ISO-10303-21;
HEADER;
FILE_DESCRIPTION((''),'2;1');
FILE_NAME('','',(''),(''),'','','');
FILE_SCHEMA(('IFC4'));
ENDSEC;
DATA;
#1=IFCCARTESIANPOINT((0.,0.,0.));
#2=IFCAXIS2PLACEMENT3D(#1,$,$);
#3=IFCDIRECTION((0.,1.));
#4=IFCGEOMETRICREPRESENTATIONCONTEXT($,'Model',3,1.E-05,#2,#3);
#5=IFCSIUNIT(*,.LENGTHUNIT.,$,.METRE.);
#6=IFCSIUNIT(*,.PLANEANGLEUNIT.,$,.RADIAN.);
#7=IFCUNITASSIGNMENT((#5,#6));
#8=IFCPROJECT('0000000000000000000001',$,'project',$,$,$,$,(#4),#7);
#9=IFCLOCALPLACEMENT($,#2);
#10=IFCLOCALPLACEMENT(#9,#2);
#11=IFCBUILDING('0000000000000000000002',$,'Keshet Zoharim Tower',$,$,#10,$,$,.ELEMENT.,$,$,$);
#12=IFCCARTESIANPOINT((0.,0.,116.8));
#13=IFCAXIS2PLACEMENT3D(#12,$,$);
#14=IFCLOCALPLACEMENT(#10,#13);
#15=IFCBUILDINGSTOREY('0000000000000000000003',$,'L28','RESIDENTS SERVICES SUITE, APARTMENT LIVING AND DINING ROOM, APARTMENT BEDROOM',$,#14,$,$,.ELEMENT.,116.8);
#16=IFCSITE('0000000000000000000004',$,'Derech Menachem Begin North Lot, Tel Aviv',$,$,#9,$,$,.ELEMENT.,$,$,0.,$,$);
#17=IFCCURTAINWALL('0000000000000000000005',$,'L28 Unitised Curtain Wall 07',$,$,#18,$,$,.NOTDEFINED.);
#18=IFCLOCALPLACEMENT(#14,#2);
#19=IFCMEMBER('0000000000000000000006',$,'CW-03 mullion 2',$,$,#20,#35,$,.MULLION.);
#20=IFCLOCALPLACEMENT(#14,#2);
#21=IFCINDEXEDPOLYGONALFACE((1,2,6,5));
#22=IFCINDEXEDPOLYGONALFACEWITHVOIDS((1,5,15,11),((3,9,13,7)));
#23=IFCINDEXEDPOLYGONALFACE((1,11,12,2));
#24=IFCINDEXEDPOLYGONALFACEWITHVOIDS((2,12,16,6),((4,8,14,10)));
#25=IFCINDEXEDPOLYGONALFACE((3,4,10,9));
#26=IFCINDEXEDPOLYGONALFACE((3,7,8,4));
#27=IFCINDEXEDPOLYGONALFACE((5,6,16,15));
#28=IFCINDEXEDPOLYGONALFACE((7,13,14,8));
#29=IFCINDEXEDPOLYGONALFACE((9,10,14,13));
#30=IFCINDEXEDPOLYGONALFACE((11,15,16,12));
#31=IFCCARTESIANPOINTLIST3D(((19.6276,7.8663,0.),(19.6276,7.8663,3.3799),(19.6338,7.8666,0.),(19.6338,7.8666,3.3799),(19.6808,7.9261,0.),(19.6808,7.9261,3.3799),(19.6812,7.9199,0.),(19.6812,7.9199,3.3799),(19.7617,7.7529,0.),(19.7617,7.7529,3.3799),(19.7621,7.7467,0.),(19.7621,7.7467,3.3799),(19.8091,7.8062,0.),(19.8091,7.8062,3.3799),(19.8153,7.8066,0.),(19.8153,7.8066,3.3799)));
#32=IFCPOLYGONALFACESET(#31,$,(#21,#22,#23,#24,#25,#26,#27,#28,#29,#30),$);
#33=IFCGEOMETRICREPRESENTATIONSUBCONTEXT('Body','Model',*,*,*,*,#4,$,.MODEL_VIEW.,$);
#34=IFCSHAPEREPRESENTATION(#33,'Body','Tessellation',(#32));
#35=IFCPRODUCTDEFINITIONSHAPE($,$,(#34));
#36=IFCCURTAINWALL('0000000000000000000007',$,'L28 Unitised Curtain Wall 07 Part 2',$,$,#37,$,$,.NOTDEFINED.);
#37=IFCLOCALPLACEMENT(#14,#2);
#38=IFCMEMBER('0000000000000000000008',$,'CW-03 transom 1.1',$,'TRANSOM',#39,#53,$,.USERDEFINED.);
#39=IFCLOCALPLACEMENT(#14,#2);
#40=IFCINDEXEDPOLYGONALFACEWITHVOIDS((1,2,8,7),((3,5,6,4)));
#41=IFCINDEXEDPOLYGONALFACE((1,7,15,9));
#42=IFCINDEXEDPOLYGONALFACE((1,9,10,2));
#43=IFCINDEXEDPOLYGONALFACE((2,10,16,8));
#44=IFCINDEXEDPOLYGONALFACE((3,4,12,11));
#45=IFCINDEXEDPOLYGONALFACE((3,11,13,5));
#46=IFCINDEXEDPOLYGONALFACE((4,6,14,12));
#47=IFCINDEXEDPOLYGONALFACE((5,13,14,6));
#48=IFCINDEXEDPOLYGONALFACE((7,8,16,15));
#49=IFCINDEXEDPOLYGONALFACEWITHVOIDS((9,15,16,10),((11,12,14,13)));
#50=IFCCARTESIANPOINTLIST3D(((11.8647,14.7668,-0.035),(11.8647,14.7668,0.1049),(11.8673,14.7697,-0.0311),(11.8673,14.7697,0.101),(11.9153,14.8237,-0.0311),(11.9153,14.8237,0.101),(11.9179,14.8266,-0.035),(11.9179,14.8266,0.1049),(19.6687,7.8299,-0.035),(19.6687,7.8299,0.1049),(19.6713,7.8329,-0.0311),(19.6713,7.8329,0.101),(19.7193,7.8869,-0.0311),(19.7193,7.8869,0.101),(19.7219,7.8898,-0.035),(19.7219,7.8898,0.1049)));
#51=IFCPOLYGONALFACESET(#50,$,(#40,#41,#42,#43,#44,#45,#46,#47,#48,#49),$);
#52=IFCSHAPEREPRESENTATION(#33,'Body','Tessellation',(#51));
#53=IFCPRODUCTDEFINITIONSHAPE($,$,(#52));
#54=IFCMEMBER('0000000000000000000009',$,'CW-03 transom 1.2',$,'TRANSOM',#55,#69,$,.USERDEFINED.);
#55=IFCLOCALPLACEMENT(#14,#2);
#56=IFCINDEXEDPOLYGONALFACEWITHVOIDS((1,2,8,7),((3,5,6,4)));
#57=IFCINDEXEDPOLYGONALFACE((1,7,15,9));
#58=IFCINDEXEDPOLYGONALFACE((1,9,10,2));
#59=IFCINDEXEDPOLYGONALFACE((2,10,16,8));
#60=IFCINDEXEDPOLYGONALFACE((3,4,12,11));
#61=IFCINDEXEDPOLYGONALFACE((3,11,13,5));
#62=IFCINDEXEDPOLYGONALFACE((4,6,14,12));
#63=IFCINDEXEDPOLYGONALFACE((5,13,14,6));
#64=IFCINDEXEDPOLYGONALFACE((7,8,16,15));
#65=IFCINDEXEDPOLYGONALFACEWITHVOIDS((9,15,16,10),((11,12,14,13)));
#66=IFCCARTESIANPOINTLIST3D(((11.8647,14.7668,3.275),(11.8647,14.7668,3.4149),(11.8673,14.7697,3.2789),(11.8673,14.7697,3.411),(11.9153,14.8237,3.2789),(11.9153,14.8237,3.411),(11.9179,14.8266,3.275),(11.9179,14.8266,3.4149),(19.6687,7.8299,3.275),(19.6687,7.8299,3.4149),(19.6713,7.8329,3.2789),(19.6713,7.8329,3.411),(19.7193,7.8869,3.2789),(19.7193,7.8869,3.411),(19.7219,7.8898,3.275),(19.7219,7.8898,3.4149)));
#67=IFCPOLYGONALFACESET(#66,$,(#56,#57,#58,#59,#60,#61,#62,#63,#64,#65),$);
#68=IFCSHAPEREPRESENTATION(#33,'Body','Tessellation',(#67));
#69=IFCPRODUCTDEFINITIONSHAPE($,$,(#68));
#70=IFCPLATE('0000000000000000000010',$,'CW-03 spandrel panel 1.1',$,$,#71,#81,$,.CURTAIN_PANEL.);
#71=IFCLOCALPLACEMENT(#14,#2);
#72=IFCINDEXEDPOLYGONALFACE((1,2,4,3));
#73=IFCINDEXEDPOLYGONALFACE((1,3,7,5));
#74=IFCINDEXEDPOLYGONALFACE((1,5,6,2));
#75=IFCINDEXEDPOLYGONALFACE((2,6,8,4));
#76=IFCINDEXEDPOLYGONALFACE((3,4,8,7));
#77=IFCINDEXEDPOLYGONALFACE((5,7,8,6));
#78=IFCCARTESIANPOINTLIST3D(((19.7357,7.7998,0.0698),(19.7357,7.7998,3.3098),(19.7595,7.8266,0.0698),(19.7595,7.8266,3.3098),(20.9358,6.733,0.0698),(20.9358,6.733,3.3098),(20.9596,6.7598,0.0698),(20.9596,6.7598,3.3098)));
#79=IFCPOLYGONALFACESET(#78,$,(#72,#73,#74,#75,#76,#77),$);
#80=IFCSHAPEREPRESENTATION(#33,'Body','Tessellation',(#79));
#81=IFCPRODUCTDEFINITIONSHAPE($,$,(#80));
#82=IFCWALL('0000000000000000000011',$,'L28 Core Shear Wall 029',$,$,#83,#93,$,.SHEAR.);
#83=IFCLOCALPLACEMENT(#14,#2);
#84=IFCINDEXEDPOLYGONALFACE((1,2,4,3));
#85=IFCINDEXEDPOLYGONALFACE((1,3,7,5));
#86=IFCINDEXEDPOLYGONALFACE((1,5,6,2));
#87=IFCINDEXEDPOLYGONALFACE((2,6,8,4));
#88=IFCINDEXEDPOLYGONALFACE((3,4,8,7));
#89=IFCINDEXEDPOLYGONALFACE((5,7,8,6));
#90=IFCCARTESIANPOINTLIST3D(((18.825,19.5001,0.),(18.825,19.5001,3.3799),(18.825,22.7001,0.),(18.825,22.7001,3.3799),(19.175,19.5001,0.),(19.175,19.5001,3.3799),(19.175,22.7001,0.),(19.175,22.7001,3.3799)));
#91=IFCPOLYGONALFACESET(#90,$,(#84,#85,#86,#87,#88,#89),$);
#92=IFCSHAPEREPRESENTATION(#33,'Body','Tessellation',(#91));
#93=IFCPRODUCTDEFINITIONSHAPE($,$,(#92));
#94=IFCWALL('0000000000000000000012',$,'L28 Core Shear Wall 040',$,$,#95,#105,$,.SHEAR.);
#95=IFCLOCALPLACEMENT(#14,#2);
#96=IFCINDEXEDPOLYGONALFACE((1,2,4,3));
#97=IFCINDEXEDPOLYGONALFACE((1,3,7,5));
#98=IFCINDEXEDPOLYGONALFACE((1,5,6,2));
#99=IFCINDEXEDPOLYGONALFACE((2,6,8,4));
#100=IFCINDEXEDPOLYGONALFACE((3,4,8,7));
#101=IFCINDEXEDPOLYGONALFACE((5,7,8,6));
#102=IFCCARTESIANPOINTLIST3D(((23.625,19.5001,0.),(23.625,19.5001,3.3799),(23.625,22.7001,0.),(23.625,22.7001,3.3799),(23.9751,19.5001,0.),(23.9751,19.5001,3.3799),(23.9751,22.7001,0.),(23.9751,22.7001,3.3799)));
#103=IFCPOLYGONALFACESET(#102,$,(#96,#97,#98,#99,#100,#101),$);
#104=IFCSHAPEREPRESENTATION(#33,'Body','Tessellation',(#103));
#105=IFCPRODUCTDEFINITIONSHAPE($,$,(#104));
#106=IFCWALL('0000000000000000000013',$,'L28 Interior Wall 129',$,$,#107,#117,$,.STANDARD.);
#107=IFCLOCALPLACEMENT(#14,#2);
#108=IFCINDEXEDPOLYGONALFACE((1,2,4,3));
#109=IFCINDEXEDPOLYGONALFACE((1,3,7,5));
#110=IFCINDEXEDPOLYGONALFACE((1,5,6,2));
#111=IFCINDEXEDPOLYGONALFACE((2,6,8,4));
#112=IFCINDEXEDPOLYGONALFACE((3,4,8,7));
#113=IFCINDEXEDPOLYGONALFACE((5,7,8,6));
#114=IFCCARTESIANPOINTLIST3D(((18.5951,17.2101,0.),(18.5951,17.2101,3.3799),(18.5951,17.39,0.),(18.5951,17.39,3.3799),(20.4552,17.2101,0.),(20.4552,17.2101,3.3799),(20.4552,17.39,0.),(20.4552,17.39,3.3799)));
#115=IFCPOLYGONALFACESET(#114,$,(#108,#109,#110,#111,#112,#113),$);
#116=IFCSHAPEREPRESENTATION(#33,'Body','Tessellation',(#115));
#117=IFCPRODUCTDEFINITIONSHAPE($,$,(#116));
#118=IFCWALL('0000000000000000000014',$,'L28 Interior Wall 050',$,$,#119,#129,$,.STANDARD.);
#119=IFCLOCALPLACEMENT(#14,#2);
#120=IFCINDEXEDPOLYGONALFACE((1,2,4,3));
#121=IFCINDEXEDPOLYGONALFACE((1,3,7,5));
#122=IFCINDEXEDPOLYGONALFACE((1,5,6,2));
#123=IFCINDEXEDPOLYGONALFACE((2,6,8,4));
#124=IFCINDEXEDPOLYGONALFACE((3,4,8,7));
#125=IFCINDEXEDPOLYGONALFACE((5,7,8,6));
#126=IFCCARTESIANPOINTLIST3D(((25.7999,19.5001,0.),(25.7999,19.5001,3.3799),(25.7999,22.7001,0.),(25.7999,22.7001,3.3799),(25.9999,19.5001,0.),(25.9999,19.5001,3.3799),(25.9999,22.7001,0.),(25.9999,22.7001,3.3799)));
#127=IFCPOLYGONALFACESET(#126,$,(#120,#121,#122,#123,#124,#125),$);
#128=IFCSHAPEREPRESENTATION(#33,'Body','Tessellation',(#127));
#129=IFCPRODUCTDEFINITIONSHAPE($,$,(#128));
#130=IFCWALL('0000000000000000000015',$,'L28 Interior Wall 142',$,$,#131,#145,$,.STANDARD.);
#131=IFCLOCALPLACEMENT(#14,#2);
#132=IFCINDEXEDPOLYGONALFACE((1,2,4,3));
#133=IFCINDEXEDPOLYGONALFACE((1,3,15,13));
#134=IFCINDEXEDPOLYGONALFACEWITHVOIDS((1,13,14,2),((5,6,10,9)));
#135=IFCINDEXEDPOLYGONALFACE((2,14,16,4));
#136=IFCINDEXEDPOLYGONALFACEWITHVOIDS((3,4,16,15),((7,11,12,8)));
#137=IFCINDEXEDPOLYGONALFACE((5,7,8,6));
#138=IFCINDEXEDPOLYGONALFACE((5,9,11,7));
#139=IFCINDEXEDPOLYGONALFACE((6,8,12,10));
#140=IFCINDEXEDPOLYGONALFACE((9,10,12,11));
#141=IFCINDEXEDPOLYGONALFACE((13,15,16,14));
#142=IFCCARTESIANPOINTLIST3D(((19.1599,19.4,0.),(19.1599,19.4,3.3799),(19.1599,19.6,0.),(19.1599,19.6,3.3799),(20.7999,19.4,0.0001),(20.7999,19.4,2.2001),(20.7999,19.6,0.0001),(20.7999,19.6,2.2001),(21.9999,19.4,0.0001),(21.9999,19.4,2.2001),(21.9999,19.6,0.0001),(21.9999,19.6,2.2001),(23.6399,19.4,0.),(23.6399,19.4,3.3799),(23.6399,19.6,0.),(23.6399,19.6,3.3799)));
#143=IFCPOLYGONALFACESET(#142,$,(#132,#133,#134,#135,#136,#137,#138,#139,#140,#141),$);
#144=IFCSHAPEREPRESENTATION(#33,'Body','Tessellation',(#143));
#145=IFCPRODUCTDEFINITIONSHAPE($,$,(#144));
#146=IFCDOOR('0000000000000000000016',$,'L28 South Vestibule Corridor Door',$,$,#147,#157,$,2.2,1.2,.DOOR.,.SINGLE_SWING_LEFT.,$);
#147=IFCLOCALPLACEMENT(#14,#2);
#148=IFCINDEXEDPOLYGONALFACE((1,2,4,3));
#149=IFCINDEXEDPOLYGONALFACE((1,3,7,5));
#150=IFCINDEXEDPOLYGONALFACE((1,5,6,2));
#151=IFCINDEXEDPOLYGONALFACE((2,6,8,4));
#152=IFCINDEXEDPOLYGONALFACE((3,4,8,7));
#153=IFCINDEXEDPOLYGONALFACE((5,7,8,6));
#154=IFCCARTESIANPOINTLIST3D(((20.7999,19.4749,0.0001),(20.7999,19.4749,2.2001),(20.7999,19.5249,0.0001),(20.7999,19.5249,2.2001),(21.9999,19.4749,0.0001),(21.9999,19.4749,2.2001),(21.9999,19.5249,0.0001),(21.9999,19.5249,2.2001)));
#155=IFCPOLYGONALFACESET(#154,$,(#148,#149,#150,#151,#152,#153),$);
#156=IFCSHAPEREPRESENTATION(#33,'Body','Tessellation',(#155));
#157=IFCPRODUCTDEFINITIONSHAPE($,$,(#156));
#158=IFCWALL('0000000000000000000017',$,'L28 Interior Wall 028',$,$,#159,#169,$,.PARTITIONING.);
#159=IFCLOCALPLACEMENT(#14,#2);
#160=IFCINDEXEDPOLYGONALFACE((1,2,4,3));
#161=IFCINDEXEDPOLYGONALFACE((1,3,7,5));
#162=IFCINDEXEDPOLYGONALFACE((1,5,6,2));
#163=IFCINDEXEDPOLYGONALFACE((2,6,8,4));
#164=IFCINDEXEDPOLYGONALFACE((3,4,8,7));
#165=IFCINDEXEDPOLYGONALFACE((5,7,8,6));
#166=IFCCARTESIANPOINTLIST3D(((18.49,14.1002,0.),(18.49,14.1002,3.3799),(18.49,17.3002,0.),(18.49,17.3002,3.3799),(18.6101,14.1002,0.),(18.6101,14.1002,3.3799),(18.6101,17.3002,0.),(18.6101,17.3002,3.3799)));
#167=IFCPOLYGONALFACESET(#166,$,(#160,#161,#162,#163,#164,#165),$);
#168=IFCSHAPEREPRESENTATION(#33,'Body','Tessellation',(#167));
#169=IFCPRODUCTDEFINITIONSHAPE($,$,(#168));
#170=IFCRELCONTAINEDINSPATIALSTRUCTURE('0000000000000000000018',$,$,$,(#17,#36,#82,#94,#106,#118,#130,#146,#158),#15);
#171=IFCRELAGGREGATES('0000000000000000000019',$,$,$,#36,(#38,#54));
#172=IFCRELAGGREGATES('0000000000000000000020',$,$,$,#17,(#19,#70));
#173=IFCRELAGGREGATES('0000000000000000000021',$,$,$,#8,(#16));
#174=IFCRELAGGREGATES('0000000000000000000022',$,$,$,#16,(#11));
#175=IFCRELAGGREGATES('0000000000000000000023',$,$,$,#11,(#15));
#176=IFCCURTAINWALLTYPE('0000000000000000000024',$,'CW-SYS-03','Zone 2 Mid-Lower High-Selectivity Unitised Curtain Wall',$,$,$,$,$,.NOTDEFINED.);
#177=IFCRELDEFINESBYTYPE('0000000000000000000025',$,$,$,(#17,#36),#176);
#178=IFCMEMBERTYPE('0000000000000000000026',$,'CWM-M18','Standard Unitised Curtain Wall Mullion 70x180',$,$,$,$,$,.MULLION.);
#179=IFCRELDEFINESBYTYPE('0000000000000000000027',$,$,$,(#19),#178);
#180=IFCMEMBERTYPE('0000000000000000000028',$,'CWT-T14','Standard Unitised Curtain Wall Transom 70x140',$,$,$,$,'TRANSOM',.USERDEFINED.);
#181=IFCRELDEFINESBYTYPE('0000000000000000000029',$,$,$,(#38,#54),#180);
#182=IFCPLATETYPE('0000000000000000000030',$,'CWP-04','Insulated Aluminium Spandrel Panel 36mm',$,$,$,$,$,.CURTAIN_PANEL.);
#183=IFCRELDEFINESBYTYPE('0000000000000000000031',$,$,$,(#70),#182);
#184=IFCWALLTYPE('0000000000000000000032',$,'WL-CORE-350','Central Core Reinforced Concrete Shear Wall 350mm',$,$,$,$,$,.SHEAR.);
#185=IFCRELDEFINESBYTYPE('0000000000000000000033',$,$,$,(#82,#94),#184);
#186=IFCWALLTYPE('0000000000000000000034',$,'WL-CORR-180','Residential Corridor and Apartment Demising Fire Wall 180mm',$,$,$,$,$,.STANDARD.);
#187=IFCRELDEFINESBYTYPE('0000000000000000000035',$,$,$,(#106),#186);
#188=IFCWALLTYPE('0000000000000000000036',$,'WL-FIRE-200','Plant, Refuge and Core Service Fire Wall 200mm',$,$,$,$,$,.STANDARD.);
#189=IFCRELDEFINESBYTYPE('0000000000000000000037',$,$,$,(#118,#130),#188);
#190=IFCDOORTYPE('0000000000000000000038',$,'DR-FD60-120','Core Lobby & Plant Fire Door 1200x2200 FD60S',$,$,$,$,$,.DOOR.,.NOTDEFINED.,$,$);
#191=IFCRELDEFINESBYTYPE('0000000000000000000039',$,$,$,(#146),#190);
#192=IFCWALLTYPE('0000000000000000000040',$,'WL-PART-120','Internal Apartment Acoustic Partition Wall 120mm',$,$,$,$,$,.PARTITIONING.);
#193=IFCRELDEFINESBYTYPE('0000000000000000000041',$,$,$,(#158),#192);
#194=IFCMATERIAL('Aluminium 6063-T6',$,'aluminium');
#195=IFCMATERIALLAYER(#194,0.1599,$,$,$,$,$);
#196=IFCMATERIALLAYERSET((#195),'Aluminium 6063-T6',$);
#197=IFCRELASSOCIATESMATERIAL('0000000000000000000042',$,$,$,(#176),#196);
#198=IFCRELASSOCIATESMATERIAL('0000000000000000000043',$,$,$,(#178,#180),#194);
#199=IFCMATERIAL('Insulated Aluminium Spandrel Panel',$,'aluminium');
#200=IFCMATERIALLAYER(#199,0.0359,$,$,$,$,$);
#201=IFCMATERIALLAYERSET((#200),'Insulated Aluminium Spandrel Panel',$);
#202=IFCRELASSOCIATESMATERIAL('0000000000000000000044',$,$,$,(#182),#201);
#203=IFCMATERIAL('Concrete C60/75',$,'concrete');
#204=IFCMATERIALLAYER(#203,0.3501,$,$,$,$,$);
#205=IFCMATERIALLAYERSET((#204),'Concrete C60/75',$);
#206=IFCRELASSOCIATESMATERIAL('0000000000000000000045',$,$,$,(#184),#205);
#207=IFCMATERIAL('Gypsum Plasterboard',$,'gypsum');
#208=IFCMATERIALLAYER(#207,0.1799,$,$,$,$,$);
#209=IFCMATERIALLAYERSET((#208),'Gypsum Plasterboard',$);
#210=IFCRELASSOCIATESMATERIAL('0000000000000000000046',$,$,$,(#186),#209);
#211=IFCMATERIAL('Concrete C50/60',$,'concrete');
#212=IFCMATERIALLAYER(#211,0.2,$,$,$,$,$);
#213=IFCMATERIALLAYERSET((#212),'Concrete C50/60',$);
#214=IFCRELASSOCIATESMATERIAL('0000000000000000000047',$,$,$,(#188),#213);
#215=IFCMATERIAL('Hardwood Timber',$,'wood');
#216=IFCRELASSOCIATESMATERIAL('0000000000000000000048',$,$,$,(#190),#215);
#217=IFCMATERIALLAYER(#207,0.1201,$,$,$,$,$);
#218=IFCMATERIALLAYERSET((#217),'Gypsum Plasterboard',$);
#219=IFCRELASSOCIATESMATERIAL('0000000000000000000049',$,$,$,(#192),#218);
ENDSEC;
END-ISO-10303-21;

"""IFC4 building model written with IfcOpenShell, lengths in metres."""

from ifc_helpers import new_model, si_unit, direction, frame, frame_2d, origin, origin_2d, place, context, subcontext, project, spatial, rectangle, hollow_rectangle, extrude, material, layer, layer_set, material_profile, profile_set, type_object, element, fill, aggregate, save


model = new_model("IFC4")

# Units and contexts
model_context = context("Model", 3, precision=1e-05, world=origin(), true_north=direction((0.0, 1.0)))
body_context = subcontext(model_context, "Body", "Model", "MODEL_VIEW")
ifc_project = project(units=[si_unit("LENGTHUNIT", "METRE"), si_unit("PLANEANGLEUNIT", "RADIAN")], contexts=[model_context])

# Site, building, storey
site_placement = place(None, origin())
site = spatial("IfcSite", under=ifc_project, at=site_placement, Name="Derech Menachem Begin North Lot, Tel Aviv", CompositionType="ELEMENT", RefElevation=0.0)
building_placement = place(site_placement, origin())
building = spatial("IfcBuilding", under=site, at=building_placement, Name="Keshet Zoharim Tower", CompositionType="ELEMENT")
storey_placement = place(building_placement, frame((0.0, 0.0, 116.8)))
storey = spatial("IfcBuildingStorey", under=building, at=storey_placement, Name="L28", Description="RESIDENTS SERVICES SUITE, APARTMENT LIVING AND DINING ROOM, APARTMENT BEDROOM", CompositionType="ELEMENT", Elevation=116.8)

# Curtain wall, member
ifc_material_1 = material(Name="Aluminium 6063-T6", Category="aluminium")
ifc_layer_1 = layer(ifc_material_1, 0.1599)
ifc_layer_set_1 = layer_set([ifc_layer_1], Name="Aluminium 6063-T6")
curtain_wall_type = type_object("IfcCurtainWallType", Name="CW-SYS-03", Description="Zone 2 Mid-Lower High-Selectivity Unitised Curtain Wall", PredefinedType="NOTDEFINED", material=ifc_layer_set_1)
curtain_wall_1_placement = place(storey_placement, origin())
curtain_wall_1 = element("IfcCurtainWall", 1, at=curtain_wall_1_placement, inside=storey, type_object=curtain_wall_type, Name="L28 Unitised Curtain Wall 07", PredefinedType="NOTDEFINED")
ifc_material_profile_1 = material_profile(ifc_material_1, hollow_rectangle(XDim=0.0801, YDim=0.1799, WallThickness=0.0044, at=origin_2d()), Name="MUL-80x180")
ifc_profile_set_1 = profile_set([ifc_material_profile_1], Name="Aluminium 6063-T6")
member_type_1 = type_object("IfcMemberType", Name="CWM-M18", Description="Standard Unitised Curtain Wall Mullion 70x180", PredefinedType="MULLION", material=ifc_profile_set_1)
member_1_placement = place(storey_placement, frame((19.7214, 7.8364, 0.0), z_axis=(0.0, 0.0, 1.0), x_axis=(-0.664357, -0.747416, 0.0)))
member_1 = element("IfcMember", 2, at=member_1_placement, type_object=member_type_1, Name="CW-03 mullion 2", PredefinedType="MULLION", context=body_context, shape_type="SweptSolid", body=[
    extrude(hollow_rectangle(XDim=0.0801, YDim=0.1799, WallThickness=0.0044, at=origin_2d()), origin(), (0.0, 0.0, 1.0), 3.3799),
])

# Curtain wall, members
curtain_wall_2_placement = place(storey_placement, origin())
curtain_wall_2 = element("IfcCurtainWall", 3, at=curtain_wall_2_placement, inside=storey, type_object=curtain_wall_type, Name="L28 Unitised Curtain Wall 07 Part 2", PredefinedType="NOTDEFINED")
ifc_material_profile_2 = material_profile(ifc_material_1, hollow_rectangle(XDim=0.0801, YDim=0.1399, WallThickness=0.0039, at=origin_2d()), Name="TRN-80x140")
ifc_profile_set_2 = profile_set([ifc_material_profile_2], Name="Aluminium 6063-T6")
member_type_2 = type_object("IfcMemberType", Name="CWT-T14", Description="Standard Unitised Curtain Wall Transom 70x140", ElementType="TRANSOM", PredefinedType="USERDEFINED", material=ifc_profile_set_2)
member_2_placement = place(storey_placement, frame((19.6953, 7.8599, 0.0349), z_axis=(-0.747413, 0.664359, 0.0), x_axis=(-0.664359, -0.747413, 0.0)))
member_2 = element("IfcMember", 4, at=member_2_placement, type_object=member_type_2, Name="CW-03 transom 1.1", ObjectType="TRANSOM", PredefinedType="USERDEFINED", context=body_context, shape_type="SweptSolid", body=[
    extrude(hollow_rectangle(XDim=0.0801, YDim=0.1399, WallThickness=0.0039, at=origin_2d()), origin(), (0.0, 0.0, 1.0), 10.4414),
])
member_3_placement = place(storey_placement, frame((19.6953, 7.8599, 3.345), z_axis=(-0.747413, 0.664359, 0.0), x_axis=(-0.664359, -0.747413, 0.0)))
member_3 = element("IfcMember", 5, at=member_3_placement, type_object=member_type_2, Name="CW-03 transom 1.2", ObjectType="TRANSOM", PredefinedType="USERDEFINED", context=body_context, shape_type="SweptSolid", body=[
    extrude(hollow_rectangle(XDim=0.0801, YDim=0.1399, WallThickness=0.0039, at=origin_2d()), origin(), (0.0, 0.0, 1.0), 10.4414),
])
aggregate(curtain_wall_2, [member_2, member_3])

# Plate
ifc_material_2 = material(Name="Insulated Aluminium Spandrel Panel", Category="aluminium")
ifc_layer_2 = layer(ifc_material_2, 0.0359)
ifc_layer_set_2 = layer_set([ifc_layer_2], Name="Insulated Aluminium Spandrel Panel")
plate_type = type_object("IfcPlateType", Name="CWP-04", Description="Insulated Aluminium Spandrel Panel 36mm", PredefinedType="CURTAIN_PANEL", material=ifc_layer_set_2)
plate_placement = place(storey_placement, frame((20.3477, 7.2798, 0.0698), z_axis=(0.0, 0.0, 1.0), x_axis=(-0.747416, 0.664357, 0.0)))
plate = element("IfcPlate", 6, at=plate_placement, type_object=plate_type, Name="CW-03 spandrel panel 1.1", PredefinedType="CURTAIN_PANEL", context=body_context, shape_type="SweptSolid", body=[
    extrude(rectangle(XDim=1.6057, YDim=0.0359, at=origin_2d()), origin(), (0.0, 0.0, 1.0), 3.24),
])
aggregate(curtain_wall_1, [member_1, plate])

# Shared definitions
ifc_material_3 = material(Name="Gypsum Plasterboard", Category="gypsum")
ifc_material_4 = material(Name="Hardwood Timber", Category="wood")

# Walls
ifc_material_5 = material(Name="Concrete C60/75", Category="concrete")
ifc_layer_3 = layer(ifc_material_5, 0.3501)
ifc_layer_set_3 = layer_set([ifc_layer_3], Name="Concrete C60/75")
wall_type_1 = type_object("IfcWallType", Name="WL-CORE-350", Description="Central Core Reinforced Concrete Shear Wall 350mm", PredefinedType="SHEAR", material=ifc_layer_set_3)
for number, where, z_axis, x_axis, name in (
    (7, (19.0, 19.5, 0.0), (0.0, 0.0, 1.0), (0.0, 1.0, 0.0), "L28 Core Shear Wall 029"),
    (8, (23.8, 19.5, 0.0), (0.0, 0.0, 1.0), (0.0, 1.0, 0.0), "L28 Core Shear Wall 040"),
):
    element("IfcWall", number, at=place(storey_placement, frame(where, z_axis=z_axis, x_axis=x_axis)), inside=storey, type_object=wall_type_1, Name=name, PredefinedType="SHEAR", context=body_context, shape_type="SweptSolid", body=[
        extrude(rectangle(XDim=3.2, YDim=0.3501, at=frame_2d((1.6001, 0.0))), origin(), (0.0, 0.0, 1.0), 3.3799),
    ])
ifc_layer_4 = layer(ifc_material_3, 0.1799)
ifc_layer_set_4 = layer_set([ifc_layer_4], Name="Gypsum Plasterboard")
wall_type_2 = type_object("IfcWallType", Name="WL-CORR-180", Description="Residential Corridor and Apartment Demising Fire Wall 180mm", PredefinedType="STANDARD", material=ifc_layer_set_4)
wall_1_placement = place(storey_placement, frame((18.595, 17.3, 0.0), z_axis=(0.0, 0.0, 1.0), x_axis=(1.0, 0.0, 0.0)))
element("IfcWall", 9, at=wall_1_placement, inside=storey, type_object=wall_type_2, Name="L28 Interior Wall 129", PredefinedType="STANDARD", context=body_context, shape_type="SweptSolid", body=[
    extrude(rectangle(XDim=1.8601, YDim=0.1799, at=frame_2d((0.9302, 0.0))), origin(), (0.0, 0.0, 1.0), 3.3799),
])
ifc_material_6 = material(Name="Concrete C50/60", Category="concrete")
ifc_layer_5 = layer(ifc_material_6, 0.2)
ifc_layer_set_5 = layer_set([ifc_layer_5], Name="Concrete C50/60")
wall_type_3 = type_object("IfcWallType", Name="WL-FIRE-200", Description="Plant, Refuge and Core Service Fire Wall 200mm", PredefinedType="STANDARD", material=ifc_layer_set_5)
wall_2_placement = place(storey_placement, frame((25.8999, 19.5, 0.0), z_axis=(0.0, 0.0, 1.0), x_axis=(0.0, 1.0, 0.0)))
element("IfcWall", 10, at=wall_2_placement, inside=storey, type_object=wall_type_3, Name="L28 Interior Wall 050", PredefinedType="STANDARD", context=body_context, shape_type="SweptSolid", body=[
    extrude(rectangle(XDim=3.2, YDim=0.2, at=frame_2d((1.6001, 0.0))), origin(), (0.0, 0.0, 1.0), 3.3799),
])

# Wall, opening, door
wall_3_placement = place(storey_placement, frame((19.1599, 19.5, 0.0), z_axis=(0.0, 0.0, 1.0), x_axis=(1.0, 0.0, 0.0)))
wall_3 = element("IfcWall", 11, at=wall_3_placement, inside=storey, type_object=wall_type_3, Name="L28 Interior Wall 142", PredefinedType="STANDARD", context=body_context, shape_type="SweptSolid", body=[
    extrude(rectangle(XDim=4.48, YDim=0.2, at=frame_2d((2.24, 0.0))), origin(), (0.0, 0.0, 1.0), 3.3799),
])
opening_1_placement = place(wall_3_placement, frame((1.6399, 0.0, 0.0)))
opening_1 = element("IfcOpeningElement", 12, at=opening_1_placement, cuts=wall_3, PredefinedType="OPENING", context=body_context, shape_type="SweptSolid", body=[
    extrude(rectangle(XDim=1.2, YDim=2.2, at=frame_2d((0.6001, 1.1001))), frame((0.0, 0.1099, 0.0), z_axis=(0.0, -1.0, 0.0), x_axis=(1.0, 0.0, 0.0)), (0.0, 0.0, 1.0), 0.22),
])
door_type_1 = type_object("IfcDoorType", Name="DR-FD60-120", Description="Core Lobby & Plant Fire Door 1200x2200 FD60S", OperationType="NOTDEFINED", PredefinedType="DOOR", material=ifc_material_4)
door_1_placement = place(opening_1_placement, origin())
door_1 = element("IfcDoor", 13, at=door_1_placement, inside=storey, type_object=door_type_1, Name="L28 South Vestibule Corridor Door", OperationType="SINGLE_SWING_LEFT", OverallHeight=2.2, OverallWidth=1.2, PredefinedType="DOOR", context=body_context, shape_type="SweptSolid", body=[
    extrude(rectangle(XDim=1.2, YDim=2.2, at=frame_2d((0.6001, 1.1001))), frame((0.0, 0.0249, 0.0), z_axis=(0.0, -1.0, 0.0), x_axis=(1.0, 0.0, 0.0)), (0.0, 0.0, 1.0), 0.05),
])
fill(opening_1, door_1)

# Wall
ifc_layer_6 = layer(ifc_material_3, 0.1201)
ifc_layer_set_6 = layer_set([ifc_layer_6], Name="Gypsum Plasterboard")
wall_type_4 = type_object("IfcWallType", Name="WL-PART-120", Description="Internal Apartment Acoustic Partition Wall 120mm", PredefinedType="PARTITIONING", material=ifc_layer_set_6)
wall_4_placement = place(storey_placement, frame((18.55, 14.1001, 0.0), z_axis=(0.0, 0.0, 1.0), x_axis=(0.0, 1.0, 0.0)))
element("IfcWall", 14, at=wall_4_placement, inside=storey, type_object=wall_type_4, Name="L28 Interior Wall 028", PredefinedType="PARTITIONING", context=body_context, shape_type="SweptSolid", body=[
    extrude(rectangle(XDim=3.2, YDim=0.1201, at=frame_2d((1.6001, 0.0))), origin(), (0.0, 0.0, 1.0), 3.3799),
])

save(model, "model.ifc")
